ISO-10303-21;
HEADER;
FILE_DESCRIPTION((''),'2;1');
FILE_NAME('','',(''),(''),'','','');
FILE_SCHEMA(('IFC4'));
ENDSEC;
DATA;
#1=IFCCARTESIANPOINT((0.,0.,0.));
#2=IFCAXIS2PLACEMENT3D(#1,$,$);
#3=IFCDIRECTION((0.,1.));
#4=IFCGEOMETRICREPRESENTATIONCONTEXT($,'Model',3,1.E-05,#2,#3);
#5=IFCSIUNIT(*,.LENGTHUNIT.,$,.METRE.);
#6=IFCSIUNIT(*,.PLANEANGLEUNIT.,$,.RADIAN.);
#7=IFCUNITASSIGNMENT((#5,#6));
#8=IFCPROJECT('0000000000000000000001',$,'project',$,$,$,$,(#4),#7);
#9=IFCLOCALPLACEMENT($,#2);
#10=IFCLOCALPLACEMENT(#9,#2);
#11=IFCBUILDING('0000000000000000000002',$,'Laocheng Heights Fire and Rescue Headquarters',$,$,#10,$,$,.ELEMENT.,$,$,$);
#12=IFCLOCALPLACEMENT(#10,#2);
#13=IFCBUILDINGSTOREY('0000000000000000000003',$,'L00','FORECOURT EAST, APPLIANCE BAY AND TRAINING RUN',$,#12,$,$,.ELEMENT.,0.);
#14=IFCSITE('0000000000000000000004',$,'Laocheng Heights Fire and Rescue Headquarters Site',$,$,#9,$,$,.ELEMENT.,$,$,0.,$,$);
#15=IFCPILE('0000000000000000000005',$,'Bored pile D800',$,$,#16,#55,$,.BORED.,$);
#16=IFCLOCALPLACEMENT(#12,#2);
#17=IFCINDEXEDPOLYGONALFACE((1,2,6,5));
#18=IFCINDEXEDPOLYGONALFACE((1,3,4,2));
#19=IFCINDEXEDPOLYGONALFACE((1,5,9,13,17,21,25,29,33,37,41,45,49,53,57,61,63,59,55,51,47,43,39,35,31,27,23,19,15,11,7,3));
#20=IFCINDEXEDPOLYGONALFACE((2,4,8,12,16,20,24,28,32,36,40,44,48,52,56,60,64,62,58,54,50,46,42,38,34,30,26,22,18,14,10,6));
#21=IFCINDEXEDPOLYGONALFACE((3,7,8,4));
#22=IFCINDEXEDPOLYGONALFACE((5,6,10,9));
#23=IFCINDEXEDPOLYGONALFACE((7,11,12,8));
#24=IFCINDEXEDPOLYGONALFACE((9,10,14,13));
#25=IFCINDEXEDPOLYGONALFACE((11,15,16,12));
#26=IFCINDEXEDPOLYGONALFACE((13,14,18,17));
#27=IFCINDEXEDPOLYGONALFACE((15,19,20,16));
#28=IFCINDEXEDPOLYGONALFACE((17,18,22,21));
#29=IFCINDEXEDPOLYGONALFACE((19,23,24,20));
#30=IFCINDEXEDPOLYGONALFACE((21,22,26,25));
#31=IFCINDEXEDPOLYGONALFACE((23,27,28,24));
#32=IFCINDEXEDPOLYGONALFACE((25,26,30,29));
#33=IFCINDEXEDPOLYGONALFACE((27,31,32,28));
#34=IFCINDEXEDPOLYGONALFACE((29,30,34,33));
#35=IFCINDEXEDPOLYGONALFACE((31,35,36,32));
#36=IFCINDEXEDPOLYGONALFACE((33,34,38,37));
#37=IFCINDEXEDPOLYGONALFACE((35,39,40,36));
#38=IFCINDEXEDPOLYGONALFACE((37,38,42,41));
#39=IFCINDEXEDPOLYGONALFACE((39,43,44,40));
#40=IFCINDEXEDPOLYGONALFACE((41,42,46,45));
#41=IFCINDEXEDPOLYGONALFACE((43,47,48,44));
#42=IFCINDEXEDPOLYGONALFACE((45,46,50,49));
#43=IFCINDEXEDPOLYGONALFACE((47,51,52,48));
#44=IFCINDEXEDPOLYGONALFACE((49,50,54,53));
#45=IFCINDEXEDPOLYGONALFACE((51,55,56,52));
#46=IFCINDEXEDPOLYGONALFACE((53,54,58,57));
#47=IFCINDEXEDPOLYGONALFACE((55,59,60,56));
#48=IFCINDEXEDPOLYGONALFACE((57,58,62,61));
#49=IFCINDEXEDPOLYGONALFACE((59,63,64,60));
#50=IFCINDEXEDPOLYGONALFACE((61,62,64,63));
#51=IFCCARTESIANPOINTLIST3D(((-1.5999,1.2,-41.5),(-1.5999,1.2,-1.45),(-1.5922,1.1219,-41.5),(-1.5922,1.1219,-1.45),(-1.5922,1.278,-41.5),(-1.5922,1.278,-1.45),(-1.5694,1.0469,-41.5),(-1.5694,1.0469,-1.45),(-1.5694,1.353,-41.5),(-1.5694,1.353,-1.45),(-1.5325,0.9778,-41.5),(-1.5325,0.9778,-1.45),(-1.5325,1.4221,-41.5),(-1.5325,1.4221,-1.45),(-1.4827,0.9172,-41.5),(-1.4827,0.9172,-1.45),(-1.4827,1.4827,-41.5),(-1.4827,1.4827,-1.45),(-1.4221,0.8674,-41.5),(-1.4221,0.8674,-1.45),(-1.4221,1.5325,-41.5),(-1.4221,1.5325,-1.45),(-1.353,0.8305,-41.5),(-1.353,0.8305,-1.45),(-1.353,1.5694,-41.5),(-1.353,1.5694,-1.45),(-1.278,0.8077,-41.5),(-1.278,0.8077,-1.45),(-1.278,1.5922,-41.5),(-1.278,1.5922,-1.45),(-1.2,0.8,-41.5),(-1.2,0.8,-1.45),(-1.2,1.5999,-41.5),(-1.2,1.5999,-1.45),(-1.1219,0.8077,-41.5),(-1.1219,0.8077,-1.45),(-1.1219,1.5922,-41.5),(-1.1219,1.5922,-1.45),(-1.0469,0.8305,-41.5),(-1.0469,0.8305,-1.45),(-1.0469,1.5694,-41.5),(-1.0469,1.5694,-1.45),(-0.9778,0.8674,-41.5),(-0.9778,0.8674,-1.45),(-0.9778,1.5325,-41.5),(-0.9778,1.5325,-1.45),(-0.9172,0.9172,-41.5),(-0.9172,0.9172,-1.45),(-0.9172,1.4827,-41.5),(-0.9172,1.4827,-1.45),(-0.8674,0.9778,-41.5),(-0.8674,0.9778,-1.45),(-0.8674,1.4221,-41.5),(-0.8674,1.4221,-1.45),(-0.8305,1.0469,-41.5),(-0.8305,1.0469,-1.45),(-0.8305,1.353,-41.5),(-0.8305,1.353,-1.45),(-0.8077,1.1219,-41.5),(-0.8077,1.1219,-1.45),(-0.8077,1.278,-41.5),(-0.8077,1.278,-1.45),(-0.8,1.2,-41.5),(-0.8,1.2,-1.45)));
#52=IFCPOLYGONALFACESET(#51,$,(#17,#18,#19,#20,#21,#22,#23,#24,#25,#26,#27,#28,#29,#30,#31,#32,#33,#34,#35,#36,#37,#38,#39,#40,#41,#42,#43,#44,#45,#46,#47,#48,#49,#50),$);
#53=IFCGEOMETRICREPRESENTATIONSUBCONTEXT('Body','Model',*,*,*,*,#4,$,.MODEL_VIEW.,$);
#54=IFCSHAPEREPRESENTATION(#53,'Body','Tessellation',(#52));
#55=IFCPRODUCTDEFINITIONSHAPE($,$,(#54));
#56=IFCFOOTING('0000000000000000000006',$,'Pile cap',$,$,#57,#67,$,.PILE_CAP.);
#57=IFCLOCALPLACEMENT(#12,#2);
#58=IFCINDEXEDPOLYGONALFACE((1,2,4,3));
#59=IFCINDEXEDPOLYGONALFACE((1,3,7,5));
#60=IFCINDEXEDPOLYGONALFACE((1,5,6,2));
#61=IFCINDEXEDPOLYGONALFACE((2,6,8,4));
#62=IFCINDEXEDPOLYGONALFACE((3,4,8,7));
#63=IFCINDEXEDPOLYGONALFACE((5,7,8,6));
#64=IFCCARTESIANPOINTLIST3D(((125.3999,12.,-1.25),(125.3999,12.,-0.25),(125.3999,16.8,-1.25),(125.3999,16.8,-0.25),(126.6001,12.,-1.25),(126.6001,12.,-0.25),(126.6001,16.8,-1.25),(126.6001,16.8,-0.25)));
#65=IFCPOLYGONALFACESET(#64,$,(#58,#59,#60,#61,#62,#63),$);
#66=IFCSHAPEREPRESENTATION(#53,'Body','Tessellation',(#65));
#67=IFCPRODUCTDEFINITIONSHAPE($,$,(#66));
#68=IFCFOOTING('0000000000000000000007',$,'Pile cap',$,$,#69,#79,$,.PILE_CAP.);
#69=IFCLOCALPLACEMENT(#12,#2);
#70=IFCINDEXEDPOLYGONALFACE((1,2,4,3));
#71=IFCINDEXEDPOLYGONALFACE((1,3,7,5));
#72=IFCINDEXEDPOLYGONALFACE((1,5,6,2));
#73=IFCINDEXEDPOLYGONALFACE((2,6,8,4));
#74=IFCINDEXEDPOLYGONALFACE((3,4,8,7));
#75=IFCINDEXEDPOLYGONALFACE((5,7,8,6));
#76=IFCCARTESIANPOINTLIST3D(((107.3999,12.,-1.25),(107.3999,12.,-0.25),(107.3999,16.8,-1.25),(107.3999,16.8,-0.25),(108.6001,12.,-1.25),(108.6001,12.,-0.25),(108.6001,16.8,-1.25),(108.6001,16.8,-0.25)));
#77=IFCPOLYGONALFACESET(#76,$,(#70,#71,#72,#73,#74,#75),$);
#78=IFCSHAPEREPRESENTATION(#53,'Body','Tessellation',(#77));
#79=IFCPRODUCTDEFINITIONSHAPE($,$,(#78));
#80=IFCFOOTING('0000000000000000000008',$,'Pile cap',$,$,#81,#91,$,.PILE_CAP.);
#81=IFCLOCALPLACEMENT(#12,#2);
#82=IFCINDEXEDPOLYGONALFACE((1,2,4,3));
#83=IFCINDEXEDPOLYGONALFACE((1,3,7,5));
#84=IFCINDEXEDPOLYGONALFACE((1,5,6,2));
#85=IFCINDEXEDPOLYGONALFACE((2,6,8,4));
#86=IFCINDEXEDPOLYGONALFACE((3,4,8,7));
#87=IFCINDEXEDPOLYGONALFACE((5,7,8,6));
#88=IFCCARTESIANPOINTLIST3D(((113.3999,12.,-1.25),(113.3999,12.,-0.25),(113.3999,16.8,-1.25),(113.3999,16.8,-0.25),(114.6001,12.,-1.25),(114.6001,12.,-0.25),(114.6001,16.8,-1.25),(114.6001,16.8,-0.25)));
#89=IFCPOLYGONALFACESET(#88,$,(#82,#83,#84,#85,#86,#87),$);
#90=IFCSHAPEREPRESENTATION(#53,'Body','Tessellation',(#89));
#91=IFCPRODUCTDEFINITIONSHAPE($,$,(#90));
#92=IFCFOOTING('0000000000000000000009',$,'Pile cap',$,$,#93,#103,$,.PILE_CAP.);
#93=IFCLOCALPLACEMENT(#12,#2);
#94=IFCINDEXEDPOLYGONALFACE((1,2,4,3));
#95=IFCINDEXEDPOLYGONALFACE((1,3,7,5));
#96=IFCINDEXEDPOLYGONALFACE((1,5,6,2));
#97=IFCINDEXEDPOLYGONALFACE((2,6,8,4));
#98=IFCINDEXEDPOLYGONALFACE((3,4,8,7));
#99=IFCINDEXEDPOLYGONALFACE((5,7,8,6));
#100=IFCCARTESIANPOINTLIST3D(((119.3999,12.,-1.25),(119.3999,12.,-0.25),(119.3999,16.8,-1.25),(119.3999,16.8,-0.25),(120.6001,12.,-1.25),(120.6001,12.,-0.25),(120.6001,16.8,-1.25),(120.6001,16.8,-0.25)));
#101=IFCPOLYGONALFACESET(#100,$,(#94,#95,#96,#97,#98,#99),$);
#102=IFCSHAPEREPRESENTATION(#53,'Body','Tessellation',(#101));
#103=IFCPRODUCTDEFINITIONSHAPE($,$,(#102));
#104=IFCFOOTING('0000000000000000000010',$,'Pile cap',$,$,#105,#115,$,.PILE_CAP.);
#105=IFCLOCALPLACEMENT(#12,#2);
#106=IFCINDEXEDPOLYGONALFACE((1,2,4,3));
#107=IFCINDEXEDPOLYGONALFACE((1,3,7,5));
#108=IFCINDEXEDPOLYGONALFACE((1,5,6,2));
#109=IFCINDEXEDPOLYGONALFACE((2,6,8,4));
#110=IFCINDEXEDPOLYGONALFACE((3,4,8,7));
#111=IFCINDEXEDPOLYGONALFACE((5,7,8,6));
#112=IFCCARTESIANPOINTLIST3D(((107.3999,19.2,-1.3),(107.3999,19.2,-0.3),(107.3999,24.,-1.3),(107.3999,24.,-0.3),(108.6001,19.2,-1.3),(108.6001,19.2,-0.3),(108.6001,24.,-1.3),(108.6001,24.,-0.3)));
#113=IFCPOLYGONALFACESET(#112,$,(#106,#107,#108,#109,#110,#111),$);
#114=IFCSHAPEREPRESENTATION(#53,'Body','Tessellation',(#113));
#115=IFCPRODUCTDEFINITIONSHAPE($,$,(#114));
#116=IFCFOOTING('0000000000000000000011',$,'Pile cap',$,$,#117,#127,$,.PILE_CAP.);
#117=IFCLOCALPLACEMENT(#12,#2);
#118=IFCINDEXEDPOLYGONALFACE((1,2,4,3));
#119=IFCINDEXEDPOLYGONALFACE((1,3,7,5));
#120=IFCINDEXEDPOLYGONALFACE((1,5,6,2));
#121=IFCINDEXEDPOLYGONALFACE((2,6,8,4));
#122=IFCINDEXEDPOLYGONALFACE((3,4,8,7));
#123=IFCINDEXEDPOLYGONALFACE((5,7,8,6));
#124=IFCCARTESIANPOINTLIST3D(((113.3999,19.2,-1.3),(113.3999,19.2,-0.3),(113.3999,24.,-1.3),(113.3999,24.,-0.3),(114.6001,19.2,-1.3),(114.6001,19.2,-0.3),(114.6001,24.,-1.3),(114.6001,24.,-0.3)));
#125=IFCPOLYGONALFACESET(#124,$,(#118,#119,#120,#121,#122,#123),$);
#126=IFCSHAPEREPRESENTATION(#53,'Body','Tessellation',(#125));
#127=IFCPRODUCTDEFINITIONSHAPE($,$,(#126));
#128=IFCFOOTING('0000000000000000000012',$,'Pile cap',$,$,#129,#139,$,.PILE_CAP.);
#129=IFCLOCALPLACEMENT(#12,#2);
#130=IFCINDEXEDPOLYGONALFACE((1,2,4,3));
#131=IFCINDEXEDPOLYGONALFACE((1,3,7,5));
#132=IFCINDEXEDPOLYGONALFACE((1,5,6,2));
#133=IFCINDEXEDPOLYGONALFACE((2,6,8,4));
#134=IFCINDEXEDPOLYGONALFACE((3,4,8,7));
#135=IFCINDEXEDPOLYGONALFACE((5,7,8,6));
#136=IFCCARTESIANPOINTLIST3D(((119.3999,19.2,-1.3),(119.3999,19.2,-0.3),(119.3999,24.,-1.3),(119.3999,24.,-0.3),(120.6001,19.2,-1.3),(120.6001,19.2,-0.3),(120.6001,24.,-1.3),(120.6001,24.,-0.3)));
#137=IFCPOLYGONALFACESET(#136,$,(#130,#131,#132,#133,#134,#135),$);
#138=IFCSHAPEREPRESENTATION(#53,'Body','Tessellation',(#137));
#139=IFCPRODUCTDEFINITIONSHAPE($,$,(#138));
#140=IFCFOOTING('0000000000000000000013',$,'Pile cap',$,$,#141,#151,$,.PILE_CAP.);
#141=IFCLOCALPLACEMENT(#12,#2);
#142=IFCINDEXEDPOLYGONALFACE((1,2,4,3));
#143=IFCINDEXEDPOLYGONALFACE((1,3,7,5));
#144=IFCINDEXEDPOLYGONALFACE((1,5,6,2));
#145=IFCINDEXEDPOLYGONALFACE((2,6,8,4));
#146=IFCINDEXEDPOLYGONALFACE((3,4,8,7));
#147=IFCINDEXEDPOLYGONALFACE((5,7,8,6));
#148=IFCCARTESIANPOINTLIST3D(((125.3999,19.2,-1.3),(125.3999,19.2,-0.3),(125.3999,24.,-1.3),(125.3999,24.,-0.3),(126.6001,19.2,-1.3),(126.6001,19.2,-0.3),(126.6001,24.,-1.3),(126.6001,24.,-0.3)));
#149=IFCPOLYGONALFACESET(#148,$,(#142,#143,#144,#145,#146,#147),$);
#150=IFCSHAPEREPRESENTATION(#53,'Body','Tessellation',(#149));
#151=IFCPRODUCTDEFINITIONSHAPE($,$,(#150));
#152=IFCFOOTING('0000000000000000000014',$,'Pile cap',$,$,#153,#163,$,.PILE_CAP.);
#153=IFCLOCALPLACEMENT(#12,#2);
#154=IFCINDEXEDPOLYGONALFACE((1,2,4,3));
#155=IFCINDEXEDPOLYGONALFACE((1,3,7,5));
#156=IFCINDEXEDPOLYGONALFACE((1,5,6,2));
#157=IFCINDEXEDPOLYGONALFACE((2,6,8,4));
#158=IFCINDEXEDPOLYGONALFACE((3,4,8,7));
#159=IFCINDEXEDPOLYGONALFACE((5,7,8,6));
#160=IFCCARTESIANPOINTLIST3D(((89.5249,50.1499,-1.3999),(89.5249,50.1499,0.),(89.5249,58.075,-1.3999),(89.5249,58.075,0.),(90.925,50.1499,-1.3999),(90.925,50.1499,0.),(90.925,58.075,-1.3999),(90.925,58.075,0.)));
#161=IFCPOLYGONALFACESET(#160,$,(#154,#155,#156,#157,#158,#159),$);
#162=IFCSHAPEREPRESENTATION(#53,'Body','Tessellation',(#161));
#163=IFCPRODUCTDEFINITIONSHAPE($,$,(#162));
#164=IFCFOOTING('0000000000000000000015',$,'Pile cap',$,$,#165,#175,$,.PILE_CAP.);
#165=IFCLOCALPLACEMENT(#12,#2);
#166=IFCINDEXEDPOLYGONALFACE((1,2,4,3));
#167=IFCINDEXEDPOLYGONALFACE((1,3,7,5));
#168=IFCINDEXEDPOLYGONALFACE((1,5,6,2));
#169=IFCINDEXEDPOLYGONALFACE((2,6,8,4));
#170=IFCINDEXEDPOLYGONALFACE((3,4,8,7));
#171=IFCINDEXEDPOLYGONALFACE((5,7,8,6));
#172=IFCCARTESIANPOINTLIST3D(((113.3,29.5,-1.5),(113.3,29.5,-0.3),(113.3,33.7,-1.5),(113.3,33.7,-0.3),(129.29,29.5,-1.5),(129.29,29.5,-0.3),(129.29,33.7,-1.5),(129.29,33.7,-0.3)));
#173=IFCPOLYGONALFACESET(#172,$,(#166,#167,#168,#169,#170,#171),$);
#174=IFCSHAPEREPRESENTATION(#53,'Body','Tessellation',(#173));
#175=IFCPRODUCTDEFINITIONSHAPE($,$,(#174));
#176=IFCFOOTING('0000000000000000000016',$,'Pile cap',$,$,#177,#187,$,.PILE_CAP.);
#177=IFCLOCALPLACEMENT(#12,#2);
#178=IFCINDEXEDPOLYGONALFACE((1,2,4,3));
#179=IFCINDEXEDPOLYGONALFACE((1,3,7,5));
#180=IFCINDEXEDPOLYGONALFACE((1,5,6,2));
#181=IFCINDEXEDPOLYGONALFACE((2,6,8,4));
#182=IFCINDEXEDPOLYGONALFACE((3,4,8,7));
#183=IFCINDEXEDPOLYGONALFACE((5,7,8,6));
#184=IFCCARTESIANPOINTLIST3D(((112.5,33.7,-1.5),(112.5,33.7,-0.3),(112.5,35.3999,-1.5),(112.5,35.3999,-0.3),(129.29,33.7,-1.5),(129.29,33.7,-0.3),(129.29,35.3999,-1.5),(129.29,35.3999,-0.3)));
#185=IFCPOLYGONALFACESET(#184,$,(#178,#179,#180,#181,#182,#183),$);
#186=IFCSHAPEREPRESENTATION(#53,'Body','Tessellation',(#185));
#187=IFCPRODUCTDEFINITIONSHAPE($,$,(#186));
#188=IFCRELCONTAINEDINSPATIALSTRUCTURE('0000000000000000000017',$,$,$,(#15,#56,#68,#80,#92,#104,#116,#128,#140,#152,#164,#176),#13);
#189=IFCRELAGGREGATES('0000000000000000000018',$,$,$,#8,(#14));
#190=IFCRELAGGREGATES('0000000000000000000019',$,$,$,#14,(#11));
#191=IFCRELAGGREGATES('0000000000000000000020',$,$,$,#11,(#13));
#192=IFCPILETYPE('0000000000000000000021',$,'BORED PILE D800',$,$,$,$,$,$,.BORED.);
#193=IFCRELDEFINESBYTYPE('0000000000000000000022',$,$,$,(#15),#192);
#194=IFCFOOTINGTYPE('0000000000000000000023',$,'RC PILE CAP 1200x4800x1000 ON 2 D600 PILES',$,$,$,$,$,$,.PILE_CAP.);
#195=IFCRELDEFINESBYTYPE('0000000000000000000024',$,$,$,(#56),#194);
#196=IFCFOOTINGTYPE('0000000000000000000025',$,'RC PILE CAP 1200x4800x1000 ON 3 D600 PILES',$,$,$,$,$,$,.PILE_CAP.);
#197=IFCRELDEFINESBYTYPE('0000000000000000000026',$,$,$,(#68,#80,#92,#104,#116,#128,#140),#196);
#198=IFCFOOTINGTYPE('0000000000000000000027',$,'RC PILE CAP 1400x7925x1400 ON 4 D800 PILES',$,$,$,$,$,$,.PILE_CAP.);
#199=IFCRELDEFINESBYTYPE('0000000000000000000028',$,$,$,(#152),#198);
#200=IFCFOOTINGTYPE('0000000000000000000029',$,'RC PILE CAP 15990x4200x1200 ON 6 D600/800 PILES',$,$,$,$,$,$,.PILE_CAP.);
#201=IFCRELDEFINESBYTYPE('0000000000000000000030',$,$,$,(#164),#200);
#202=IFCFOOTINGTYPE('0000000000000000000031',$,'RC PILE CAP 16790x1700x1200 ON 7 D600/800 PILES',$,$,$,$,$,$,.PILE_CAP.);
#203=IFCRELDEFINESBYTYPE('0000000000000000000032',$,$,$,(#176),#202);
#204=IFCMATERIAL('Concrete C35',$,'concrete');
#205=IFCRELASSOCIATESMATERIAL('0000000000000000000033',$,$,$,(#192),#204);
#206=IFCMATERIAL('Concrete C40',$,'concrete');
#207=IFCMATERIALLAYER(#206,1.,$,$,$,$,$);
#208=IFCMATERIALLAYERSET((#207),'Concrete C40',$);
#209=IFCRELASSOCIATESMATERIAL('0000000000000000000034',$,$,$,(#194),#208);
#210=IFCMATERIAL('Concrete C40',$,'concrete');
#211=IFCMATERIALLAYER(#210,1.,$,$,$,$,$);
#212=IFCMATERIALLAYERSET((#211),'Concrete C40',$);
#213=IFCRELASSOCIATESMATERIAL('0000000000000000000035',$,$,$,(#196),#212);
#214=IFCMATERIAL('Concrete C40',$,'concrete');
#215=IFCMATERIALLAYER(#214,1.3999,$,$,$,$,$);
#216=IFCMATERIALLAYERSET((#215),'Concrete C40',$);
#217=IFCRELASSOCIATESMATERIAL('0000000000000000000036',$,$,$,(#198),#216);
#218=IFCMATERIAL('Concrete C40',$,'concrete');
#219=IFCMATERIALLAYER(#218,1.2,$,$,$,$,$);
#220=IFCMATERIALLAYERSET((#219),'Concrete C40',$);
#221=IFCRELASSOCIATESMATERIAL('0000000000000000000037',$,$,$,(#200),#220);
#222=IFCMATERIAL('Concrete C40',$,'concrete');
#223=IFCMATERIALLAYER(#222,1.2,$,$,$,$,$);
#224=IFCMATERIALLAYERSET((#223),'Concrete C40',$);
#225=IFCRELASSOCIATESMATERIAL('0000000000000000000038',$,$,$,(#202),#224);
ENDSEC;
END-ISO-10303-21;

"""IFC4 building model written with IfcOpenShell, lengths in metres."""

from ifc_helpers import new_model, si_unit, direction, frame, origin, origin_2d, place, context, subcontext, project, spatial, polyline, circle, outline, extrude, material, layer, layer_set, material_profile, profile_set, type_object, element, save


model = new_model("IFC4")

# Units and contexts
model_context = context("Model", 3, precision=1e-05, world=origin(), true_north=direction((0.0, 1.0)))
body_context = subcontext(model_context, "Body", "Model", "MODEL_VIEW")
ifc_project = project(units=[si_unit("LENGTHUNIT", "METRE"), si_unit("PLANEANGLEUNIT", "RADIAN")], contexts=[model_context])

# Site, building, storey
site_placement = place(None, origin())
site = spatial("IfcSite", under=ifc_project, at=site_placement, Name="Laocheng Heights Fire and Rescue Headquarters Site", CompositionType="ELEMENT", RefElevation=0.0)
building_placement = place(site_placement, origin())
building = spatial("IfcBuilding", under=site, at=building_placement, Name="Laocheng Heights Fire and Rescue Headquarters", CompositionType="ELEMENT")
storey_placement = place(building_placement, origin())
storey = spatial("IfcBuildingStorey", under=building, at=storey_placement, Name="L00", Description="FORECOURT EAST, APPLIANCE BAY AND TRAINING RUN", CompositionType="ELEMENT", Elevation=0.0)

# Pile
ifc_material_1 = material(Name="Concrete C35", Category="concrete")
ifc_material_profile = material_profile(ifc_material_1, circle(Radius=0.3999, at=origin_2d()), Name="BORED PILE D800")
ifc_profile_set = profile_set([ifc_material_profile], Name="Concrete C35")
pile_type = type_object("IfcPileType", Name="BORED PILE D800", PredefinedType="BORED", material=ifc_profile_set)
pile_placement = place(storey_placement, frame((-1.2, 1.2, -1.45), z_axis=(0.0, 0.0, -1.0), x_axis=(1.0, 0.0, 0.0)))
element("IfcPile", 1, at=pile_placement, inside=storey, type_object=pile_type, Name="Bored pile D800", PredefinedType="BORED", context=body_context, shape_type="SweptSolid", body=[
    extrude(circle(Radius=0.3999, at=origin_2d()), origin(), (0.0, 0.0, 1.0), 40.05),
])

# Footings
ifc_material_2 = material(Name="Concrete C40", Category="concrete")
ifc_layer_1 = layer(ifc_material_2, 1.0)
ifc_layer_set_1 = layer_set([ifc_layer_1], Name="Concrete C40")
footing_type_1 = type_object("IfcFootingType", Name="RC PILE CAP 1200x4800x1000 ON 2 D600 PILES", PredefinedType="PILE_CAP", material=ifc_layer_set_1)
footing_1_placement = place(storey_placement, frame((0.0, 0.0, -1.25)))
element("IfcFooting", 2, at=footing_1_placement, inside=storey, type_object=footing_type_1, Name="Pile cap", PredefinedType="PILE_CAP", context=body_context, shape_type="SweptSolid", body=[
    extrude(outline(polyline([(126.6001, 12.0), (126.6001, 16.8), (125.3999, 16.8), (125.3999, 12.0), (126.6001, 12.0)])), origin(), (0.0, 0.0, 1.0), 1.0),
])
ifc_material_3 = material(Name="Concrete C40", Category="concrete")
ifc_layer_2 = layer(ifc_material_3, 1.0)
ifc_layer_set_2 = layer_set([ifc_layer_2], Name="Concrete C40")
footing_type_2 = type_object("IfcFootingType", Name="RC PILE CAP 1200x4800x1000 ON 3 D600 PILES", PredefinedType="PILE_CAP", material=ifc_layer_set_2)
footing_2_placement = place(storey_placement, frame((0.0, 0.0, -1.25)))
element("IfcFooting", 3, at=footing_2_placement, inside=storey, type_object=footing_type_2, Name="Pile cap", PredefinedType="PILE_CAP", context=body_context, shape_type="SweptSolid", body=[
    extrude(outline(polyline([(108.6001, 12.0), (108.6001, 16.8), (107.3999, 16.8), (107.3999, 12.0), (108.6001, 12.0)])), origin(), (0.0, 0.0, 1.0), 1.0),
])
footing_3_placement = place(storey_placement, frame((0.0, 0.0, -1.25)))
element("IfcFooting", 4, at=footing_3_placement, inside=storey, type_object=footing_type_2, Name="Pile cap", PredefinedType="PILE_CAP", context=body_context, shape_type="SweptSolid", body=[
    extrude(outline(polyline([(114.6001, 12.0), (114.6001, 16.8), (113.3999, 16.8), (113.3999, 12.0), (114.6001, 12.0)])), origin(), (0.0, 0.0, 1.0), 1.0),
])
footing_4_placement = place(storey_placement, frame((0.0, 0.0, -1.25)))
element("IfcFooting", 5, at=footing_4_placement, inside=storey, type_object=footing_type_2, Name="Pile cap", PredefinedType="PILE_CAP", context=body_context, shape_type="SweptSolid", body=[
    extrude(outline(polyline([(120.6001, 12.0), (120.6001, 16.8), (119.3999, 16.8), (119.3999, 12.0), (120.6001, 12.0)])), origin(), (0.0, 0.0, 1.0), 1.0),
])
footing_5_placement = place(storey_placement, frame((0.0, 0.0, -1.3)))
element("IfcFooting", 6, at=footing_5_placement, inside=storey, type_object=footing_type_2, Name="Pile cap", PredefinedType="PILE_CAP", context=body_context, shape_type="SweptSolid", body=[
    extrude(outline(polyline([(108.6001, 19.2), (108.6001, 24.0), (107.3999, 24.0), (107.3999, 19.2), (108.6001, 19.2)])), origin(), (0.0, 0.0, 1.0), 1.0),
])
footing_6_placement = place(storey_placement, frame((0.0, 0.0, -1.3)))
element("IfcFooting", 7, at=footing_6_placement, inside=storey, type_object=footing_type_2, Name="Pile cap", PredefinedType="PILE_CAP", context=body_context, shape_type="SweptSolid", body=[
    extrude(outline(polyline([(114.6001, 19.2), (114.6001, 24.0), (113.3999, 24.0), (113.3999, 19.2), (114.6001, 19.2)])), origin(), (0.0, 0.0, 1.0), 1.0),
])
footing_7_placement = place(storey_placement, frame((0.0, 0.0, -1.3)))
element("IfcFooting", 8, at=footing_7_placement, inside=storey, type_object=footing_type_2, Name="Pile cap", PredefinedType="PILE_CAP", context=body_context, shape_type="SweptSolid", body=[
    extrude(outline(polyline([(120.6001, 19.2), (120.6001, 24.0), (119.3999, 24.0), (119.3999, 19.2), (120.6001, 19.2)])), origin(), (0.0, 0.0, 1.0), 1.0),
])
footing_8_placement = place(storey_placement, frame((0.0, 0.0, -1.3)))
element("IfcFooting", 9, at=footing_8_placement, inside=storey, type_object=footing_type_2, Name="Pile cap", PredefinedType="PILE_CAP", context=body_context, shape_type="SweptSolid", body=[
    extrude(outline(polyline([(126.6001, 19.2), (126.6001, 24.0), (125.3999, 24.0), (125.3999, 19.2), (126.6001, 19.2)])), origin(), (0.0, 0.0, 1.0), 1.0),
])
ifc_material_4 = material(Name="Concrete C40", Category="concrete")
ifc_layer_3 = layer(ifc_material_4, 1.3999)
ifc_layer_set_3 = layer_set([ifc_layer_3], Name="Concrete C40")
footing_type_3 = type_object("IfcFootingType", Name="RC PILE CAP 1400x7925x1400 ON 4 D800 PILES", PredefinedType="PILE_CAP", material=ifc_layer_set_3)
footing_9_placement = place(storey_placement, frame((0.0, 0.0, -1.3999)))
element("IfcFooting", 10, at=footing_9_placement, inside=storey, type_object=footing_type_3, Name="Pile cap", PredefinedType="PILE_CAP", context=body_context, shape_type="SweptSolid", body=[
    extrude(outline(polyline([(90.925, 58.075), (89.5249, 58.075), (89.5249, 50.1499), (90.925, 50.1499), (90.925, 58.075)])), origin(), (0.0, 0.0, 1.0), 1.3999),
])
ifc_material_5 = material(Name="Concrete C40", Category="concrete")
ifc_layer_4 = layer(ifc_material_5, 1.2)
ifc_layer_set_4 = layer_set([ifc_layer_4], Name="Concrete C40")
footing_type_4 = type_object("IfcFootingType", Name="RC PILE CAP 15990x4200x1200 ON 6 D600/800 PILES", PredefinedType="PILE_CAP", material=ifc_layer_set_4)
footing_10_placement = place(storey_placement, frame((0.0, 0.0, -1.5)))
element("IfcFooting", 11, at=footing_10_placement, inside=storey, type_object=footing_type_4, Name="Pile cap", PredefinedType="PILE_CAP", context=body_context, shape_type="SweptSolid", body=[
    extrude(outline(polyline([(129.29, 29.5), (129.29, 33.7), (113.3, 33.7), (113.3, 29.5), (129.29, 29.5)])), origin(), (0.0, 0.0, 1.0), 1.2),
])
ifc_material_6 = material(Name="Concrete C40", Category="concrete")
ifc_layer_5 = layer(ifc_material_6, 1.2)
ifc_layer_set_5 = layer_set([ifc_layer_5], Name="Concrete C40")
footing_type_5 = type_object("IfcFootingType", Name="RC PILE CAP 16790x1700x1200 ON 7 D600/800 PILES", PredefinedType="PILE_CAP", material=ifc_layer_set_5)
footing_11_placement = place(storey_placement, frame((0.0, 0.0, -1.5)))
element("IfcFooting", 12, at=footing_11_placement, inside=storey, type_object=footing_type_5, Name="Pile cap", PredefinedType="PILE_CAP", context=body_context, shape_type="SweptSolid", body=[
    extrude(outline(polyline([(129.29, 33.7), (129.29, 35.3999), (112.5, 35.3999), (112.5, 33.7), (129.29, 33.7)])), origin(), (0.0, 0.0, 1.0), 1.2),
])

save(model, "model.ifc")
